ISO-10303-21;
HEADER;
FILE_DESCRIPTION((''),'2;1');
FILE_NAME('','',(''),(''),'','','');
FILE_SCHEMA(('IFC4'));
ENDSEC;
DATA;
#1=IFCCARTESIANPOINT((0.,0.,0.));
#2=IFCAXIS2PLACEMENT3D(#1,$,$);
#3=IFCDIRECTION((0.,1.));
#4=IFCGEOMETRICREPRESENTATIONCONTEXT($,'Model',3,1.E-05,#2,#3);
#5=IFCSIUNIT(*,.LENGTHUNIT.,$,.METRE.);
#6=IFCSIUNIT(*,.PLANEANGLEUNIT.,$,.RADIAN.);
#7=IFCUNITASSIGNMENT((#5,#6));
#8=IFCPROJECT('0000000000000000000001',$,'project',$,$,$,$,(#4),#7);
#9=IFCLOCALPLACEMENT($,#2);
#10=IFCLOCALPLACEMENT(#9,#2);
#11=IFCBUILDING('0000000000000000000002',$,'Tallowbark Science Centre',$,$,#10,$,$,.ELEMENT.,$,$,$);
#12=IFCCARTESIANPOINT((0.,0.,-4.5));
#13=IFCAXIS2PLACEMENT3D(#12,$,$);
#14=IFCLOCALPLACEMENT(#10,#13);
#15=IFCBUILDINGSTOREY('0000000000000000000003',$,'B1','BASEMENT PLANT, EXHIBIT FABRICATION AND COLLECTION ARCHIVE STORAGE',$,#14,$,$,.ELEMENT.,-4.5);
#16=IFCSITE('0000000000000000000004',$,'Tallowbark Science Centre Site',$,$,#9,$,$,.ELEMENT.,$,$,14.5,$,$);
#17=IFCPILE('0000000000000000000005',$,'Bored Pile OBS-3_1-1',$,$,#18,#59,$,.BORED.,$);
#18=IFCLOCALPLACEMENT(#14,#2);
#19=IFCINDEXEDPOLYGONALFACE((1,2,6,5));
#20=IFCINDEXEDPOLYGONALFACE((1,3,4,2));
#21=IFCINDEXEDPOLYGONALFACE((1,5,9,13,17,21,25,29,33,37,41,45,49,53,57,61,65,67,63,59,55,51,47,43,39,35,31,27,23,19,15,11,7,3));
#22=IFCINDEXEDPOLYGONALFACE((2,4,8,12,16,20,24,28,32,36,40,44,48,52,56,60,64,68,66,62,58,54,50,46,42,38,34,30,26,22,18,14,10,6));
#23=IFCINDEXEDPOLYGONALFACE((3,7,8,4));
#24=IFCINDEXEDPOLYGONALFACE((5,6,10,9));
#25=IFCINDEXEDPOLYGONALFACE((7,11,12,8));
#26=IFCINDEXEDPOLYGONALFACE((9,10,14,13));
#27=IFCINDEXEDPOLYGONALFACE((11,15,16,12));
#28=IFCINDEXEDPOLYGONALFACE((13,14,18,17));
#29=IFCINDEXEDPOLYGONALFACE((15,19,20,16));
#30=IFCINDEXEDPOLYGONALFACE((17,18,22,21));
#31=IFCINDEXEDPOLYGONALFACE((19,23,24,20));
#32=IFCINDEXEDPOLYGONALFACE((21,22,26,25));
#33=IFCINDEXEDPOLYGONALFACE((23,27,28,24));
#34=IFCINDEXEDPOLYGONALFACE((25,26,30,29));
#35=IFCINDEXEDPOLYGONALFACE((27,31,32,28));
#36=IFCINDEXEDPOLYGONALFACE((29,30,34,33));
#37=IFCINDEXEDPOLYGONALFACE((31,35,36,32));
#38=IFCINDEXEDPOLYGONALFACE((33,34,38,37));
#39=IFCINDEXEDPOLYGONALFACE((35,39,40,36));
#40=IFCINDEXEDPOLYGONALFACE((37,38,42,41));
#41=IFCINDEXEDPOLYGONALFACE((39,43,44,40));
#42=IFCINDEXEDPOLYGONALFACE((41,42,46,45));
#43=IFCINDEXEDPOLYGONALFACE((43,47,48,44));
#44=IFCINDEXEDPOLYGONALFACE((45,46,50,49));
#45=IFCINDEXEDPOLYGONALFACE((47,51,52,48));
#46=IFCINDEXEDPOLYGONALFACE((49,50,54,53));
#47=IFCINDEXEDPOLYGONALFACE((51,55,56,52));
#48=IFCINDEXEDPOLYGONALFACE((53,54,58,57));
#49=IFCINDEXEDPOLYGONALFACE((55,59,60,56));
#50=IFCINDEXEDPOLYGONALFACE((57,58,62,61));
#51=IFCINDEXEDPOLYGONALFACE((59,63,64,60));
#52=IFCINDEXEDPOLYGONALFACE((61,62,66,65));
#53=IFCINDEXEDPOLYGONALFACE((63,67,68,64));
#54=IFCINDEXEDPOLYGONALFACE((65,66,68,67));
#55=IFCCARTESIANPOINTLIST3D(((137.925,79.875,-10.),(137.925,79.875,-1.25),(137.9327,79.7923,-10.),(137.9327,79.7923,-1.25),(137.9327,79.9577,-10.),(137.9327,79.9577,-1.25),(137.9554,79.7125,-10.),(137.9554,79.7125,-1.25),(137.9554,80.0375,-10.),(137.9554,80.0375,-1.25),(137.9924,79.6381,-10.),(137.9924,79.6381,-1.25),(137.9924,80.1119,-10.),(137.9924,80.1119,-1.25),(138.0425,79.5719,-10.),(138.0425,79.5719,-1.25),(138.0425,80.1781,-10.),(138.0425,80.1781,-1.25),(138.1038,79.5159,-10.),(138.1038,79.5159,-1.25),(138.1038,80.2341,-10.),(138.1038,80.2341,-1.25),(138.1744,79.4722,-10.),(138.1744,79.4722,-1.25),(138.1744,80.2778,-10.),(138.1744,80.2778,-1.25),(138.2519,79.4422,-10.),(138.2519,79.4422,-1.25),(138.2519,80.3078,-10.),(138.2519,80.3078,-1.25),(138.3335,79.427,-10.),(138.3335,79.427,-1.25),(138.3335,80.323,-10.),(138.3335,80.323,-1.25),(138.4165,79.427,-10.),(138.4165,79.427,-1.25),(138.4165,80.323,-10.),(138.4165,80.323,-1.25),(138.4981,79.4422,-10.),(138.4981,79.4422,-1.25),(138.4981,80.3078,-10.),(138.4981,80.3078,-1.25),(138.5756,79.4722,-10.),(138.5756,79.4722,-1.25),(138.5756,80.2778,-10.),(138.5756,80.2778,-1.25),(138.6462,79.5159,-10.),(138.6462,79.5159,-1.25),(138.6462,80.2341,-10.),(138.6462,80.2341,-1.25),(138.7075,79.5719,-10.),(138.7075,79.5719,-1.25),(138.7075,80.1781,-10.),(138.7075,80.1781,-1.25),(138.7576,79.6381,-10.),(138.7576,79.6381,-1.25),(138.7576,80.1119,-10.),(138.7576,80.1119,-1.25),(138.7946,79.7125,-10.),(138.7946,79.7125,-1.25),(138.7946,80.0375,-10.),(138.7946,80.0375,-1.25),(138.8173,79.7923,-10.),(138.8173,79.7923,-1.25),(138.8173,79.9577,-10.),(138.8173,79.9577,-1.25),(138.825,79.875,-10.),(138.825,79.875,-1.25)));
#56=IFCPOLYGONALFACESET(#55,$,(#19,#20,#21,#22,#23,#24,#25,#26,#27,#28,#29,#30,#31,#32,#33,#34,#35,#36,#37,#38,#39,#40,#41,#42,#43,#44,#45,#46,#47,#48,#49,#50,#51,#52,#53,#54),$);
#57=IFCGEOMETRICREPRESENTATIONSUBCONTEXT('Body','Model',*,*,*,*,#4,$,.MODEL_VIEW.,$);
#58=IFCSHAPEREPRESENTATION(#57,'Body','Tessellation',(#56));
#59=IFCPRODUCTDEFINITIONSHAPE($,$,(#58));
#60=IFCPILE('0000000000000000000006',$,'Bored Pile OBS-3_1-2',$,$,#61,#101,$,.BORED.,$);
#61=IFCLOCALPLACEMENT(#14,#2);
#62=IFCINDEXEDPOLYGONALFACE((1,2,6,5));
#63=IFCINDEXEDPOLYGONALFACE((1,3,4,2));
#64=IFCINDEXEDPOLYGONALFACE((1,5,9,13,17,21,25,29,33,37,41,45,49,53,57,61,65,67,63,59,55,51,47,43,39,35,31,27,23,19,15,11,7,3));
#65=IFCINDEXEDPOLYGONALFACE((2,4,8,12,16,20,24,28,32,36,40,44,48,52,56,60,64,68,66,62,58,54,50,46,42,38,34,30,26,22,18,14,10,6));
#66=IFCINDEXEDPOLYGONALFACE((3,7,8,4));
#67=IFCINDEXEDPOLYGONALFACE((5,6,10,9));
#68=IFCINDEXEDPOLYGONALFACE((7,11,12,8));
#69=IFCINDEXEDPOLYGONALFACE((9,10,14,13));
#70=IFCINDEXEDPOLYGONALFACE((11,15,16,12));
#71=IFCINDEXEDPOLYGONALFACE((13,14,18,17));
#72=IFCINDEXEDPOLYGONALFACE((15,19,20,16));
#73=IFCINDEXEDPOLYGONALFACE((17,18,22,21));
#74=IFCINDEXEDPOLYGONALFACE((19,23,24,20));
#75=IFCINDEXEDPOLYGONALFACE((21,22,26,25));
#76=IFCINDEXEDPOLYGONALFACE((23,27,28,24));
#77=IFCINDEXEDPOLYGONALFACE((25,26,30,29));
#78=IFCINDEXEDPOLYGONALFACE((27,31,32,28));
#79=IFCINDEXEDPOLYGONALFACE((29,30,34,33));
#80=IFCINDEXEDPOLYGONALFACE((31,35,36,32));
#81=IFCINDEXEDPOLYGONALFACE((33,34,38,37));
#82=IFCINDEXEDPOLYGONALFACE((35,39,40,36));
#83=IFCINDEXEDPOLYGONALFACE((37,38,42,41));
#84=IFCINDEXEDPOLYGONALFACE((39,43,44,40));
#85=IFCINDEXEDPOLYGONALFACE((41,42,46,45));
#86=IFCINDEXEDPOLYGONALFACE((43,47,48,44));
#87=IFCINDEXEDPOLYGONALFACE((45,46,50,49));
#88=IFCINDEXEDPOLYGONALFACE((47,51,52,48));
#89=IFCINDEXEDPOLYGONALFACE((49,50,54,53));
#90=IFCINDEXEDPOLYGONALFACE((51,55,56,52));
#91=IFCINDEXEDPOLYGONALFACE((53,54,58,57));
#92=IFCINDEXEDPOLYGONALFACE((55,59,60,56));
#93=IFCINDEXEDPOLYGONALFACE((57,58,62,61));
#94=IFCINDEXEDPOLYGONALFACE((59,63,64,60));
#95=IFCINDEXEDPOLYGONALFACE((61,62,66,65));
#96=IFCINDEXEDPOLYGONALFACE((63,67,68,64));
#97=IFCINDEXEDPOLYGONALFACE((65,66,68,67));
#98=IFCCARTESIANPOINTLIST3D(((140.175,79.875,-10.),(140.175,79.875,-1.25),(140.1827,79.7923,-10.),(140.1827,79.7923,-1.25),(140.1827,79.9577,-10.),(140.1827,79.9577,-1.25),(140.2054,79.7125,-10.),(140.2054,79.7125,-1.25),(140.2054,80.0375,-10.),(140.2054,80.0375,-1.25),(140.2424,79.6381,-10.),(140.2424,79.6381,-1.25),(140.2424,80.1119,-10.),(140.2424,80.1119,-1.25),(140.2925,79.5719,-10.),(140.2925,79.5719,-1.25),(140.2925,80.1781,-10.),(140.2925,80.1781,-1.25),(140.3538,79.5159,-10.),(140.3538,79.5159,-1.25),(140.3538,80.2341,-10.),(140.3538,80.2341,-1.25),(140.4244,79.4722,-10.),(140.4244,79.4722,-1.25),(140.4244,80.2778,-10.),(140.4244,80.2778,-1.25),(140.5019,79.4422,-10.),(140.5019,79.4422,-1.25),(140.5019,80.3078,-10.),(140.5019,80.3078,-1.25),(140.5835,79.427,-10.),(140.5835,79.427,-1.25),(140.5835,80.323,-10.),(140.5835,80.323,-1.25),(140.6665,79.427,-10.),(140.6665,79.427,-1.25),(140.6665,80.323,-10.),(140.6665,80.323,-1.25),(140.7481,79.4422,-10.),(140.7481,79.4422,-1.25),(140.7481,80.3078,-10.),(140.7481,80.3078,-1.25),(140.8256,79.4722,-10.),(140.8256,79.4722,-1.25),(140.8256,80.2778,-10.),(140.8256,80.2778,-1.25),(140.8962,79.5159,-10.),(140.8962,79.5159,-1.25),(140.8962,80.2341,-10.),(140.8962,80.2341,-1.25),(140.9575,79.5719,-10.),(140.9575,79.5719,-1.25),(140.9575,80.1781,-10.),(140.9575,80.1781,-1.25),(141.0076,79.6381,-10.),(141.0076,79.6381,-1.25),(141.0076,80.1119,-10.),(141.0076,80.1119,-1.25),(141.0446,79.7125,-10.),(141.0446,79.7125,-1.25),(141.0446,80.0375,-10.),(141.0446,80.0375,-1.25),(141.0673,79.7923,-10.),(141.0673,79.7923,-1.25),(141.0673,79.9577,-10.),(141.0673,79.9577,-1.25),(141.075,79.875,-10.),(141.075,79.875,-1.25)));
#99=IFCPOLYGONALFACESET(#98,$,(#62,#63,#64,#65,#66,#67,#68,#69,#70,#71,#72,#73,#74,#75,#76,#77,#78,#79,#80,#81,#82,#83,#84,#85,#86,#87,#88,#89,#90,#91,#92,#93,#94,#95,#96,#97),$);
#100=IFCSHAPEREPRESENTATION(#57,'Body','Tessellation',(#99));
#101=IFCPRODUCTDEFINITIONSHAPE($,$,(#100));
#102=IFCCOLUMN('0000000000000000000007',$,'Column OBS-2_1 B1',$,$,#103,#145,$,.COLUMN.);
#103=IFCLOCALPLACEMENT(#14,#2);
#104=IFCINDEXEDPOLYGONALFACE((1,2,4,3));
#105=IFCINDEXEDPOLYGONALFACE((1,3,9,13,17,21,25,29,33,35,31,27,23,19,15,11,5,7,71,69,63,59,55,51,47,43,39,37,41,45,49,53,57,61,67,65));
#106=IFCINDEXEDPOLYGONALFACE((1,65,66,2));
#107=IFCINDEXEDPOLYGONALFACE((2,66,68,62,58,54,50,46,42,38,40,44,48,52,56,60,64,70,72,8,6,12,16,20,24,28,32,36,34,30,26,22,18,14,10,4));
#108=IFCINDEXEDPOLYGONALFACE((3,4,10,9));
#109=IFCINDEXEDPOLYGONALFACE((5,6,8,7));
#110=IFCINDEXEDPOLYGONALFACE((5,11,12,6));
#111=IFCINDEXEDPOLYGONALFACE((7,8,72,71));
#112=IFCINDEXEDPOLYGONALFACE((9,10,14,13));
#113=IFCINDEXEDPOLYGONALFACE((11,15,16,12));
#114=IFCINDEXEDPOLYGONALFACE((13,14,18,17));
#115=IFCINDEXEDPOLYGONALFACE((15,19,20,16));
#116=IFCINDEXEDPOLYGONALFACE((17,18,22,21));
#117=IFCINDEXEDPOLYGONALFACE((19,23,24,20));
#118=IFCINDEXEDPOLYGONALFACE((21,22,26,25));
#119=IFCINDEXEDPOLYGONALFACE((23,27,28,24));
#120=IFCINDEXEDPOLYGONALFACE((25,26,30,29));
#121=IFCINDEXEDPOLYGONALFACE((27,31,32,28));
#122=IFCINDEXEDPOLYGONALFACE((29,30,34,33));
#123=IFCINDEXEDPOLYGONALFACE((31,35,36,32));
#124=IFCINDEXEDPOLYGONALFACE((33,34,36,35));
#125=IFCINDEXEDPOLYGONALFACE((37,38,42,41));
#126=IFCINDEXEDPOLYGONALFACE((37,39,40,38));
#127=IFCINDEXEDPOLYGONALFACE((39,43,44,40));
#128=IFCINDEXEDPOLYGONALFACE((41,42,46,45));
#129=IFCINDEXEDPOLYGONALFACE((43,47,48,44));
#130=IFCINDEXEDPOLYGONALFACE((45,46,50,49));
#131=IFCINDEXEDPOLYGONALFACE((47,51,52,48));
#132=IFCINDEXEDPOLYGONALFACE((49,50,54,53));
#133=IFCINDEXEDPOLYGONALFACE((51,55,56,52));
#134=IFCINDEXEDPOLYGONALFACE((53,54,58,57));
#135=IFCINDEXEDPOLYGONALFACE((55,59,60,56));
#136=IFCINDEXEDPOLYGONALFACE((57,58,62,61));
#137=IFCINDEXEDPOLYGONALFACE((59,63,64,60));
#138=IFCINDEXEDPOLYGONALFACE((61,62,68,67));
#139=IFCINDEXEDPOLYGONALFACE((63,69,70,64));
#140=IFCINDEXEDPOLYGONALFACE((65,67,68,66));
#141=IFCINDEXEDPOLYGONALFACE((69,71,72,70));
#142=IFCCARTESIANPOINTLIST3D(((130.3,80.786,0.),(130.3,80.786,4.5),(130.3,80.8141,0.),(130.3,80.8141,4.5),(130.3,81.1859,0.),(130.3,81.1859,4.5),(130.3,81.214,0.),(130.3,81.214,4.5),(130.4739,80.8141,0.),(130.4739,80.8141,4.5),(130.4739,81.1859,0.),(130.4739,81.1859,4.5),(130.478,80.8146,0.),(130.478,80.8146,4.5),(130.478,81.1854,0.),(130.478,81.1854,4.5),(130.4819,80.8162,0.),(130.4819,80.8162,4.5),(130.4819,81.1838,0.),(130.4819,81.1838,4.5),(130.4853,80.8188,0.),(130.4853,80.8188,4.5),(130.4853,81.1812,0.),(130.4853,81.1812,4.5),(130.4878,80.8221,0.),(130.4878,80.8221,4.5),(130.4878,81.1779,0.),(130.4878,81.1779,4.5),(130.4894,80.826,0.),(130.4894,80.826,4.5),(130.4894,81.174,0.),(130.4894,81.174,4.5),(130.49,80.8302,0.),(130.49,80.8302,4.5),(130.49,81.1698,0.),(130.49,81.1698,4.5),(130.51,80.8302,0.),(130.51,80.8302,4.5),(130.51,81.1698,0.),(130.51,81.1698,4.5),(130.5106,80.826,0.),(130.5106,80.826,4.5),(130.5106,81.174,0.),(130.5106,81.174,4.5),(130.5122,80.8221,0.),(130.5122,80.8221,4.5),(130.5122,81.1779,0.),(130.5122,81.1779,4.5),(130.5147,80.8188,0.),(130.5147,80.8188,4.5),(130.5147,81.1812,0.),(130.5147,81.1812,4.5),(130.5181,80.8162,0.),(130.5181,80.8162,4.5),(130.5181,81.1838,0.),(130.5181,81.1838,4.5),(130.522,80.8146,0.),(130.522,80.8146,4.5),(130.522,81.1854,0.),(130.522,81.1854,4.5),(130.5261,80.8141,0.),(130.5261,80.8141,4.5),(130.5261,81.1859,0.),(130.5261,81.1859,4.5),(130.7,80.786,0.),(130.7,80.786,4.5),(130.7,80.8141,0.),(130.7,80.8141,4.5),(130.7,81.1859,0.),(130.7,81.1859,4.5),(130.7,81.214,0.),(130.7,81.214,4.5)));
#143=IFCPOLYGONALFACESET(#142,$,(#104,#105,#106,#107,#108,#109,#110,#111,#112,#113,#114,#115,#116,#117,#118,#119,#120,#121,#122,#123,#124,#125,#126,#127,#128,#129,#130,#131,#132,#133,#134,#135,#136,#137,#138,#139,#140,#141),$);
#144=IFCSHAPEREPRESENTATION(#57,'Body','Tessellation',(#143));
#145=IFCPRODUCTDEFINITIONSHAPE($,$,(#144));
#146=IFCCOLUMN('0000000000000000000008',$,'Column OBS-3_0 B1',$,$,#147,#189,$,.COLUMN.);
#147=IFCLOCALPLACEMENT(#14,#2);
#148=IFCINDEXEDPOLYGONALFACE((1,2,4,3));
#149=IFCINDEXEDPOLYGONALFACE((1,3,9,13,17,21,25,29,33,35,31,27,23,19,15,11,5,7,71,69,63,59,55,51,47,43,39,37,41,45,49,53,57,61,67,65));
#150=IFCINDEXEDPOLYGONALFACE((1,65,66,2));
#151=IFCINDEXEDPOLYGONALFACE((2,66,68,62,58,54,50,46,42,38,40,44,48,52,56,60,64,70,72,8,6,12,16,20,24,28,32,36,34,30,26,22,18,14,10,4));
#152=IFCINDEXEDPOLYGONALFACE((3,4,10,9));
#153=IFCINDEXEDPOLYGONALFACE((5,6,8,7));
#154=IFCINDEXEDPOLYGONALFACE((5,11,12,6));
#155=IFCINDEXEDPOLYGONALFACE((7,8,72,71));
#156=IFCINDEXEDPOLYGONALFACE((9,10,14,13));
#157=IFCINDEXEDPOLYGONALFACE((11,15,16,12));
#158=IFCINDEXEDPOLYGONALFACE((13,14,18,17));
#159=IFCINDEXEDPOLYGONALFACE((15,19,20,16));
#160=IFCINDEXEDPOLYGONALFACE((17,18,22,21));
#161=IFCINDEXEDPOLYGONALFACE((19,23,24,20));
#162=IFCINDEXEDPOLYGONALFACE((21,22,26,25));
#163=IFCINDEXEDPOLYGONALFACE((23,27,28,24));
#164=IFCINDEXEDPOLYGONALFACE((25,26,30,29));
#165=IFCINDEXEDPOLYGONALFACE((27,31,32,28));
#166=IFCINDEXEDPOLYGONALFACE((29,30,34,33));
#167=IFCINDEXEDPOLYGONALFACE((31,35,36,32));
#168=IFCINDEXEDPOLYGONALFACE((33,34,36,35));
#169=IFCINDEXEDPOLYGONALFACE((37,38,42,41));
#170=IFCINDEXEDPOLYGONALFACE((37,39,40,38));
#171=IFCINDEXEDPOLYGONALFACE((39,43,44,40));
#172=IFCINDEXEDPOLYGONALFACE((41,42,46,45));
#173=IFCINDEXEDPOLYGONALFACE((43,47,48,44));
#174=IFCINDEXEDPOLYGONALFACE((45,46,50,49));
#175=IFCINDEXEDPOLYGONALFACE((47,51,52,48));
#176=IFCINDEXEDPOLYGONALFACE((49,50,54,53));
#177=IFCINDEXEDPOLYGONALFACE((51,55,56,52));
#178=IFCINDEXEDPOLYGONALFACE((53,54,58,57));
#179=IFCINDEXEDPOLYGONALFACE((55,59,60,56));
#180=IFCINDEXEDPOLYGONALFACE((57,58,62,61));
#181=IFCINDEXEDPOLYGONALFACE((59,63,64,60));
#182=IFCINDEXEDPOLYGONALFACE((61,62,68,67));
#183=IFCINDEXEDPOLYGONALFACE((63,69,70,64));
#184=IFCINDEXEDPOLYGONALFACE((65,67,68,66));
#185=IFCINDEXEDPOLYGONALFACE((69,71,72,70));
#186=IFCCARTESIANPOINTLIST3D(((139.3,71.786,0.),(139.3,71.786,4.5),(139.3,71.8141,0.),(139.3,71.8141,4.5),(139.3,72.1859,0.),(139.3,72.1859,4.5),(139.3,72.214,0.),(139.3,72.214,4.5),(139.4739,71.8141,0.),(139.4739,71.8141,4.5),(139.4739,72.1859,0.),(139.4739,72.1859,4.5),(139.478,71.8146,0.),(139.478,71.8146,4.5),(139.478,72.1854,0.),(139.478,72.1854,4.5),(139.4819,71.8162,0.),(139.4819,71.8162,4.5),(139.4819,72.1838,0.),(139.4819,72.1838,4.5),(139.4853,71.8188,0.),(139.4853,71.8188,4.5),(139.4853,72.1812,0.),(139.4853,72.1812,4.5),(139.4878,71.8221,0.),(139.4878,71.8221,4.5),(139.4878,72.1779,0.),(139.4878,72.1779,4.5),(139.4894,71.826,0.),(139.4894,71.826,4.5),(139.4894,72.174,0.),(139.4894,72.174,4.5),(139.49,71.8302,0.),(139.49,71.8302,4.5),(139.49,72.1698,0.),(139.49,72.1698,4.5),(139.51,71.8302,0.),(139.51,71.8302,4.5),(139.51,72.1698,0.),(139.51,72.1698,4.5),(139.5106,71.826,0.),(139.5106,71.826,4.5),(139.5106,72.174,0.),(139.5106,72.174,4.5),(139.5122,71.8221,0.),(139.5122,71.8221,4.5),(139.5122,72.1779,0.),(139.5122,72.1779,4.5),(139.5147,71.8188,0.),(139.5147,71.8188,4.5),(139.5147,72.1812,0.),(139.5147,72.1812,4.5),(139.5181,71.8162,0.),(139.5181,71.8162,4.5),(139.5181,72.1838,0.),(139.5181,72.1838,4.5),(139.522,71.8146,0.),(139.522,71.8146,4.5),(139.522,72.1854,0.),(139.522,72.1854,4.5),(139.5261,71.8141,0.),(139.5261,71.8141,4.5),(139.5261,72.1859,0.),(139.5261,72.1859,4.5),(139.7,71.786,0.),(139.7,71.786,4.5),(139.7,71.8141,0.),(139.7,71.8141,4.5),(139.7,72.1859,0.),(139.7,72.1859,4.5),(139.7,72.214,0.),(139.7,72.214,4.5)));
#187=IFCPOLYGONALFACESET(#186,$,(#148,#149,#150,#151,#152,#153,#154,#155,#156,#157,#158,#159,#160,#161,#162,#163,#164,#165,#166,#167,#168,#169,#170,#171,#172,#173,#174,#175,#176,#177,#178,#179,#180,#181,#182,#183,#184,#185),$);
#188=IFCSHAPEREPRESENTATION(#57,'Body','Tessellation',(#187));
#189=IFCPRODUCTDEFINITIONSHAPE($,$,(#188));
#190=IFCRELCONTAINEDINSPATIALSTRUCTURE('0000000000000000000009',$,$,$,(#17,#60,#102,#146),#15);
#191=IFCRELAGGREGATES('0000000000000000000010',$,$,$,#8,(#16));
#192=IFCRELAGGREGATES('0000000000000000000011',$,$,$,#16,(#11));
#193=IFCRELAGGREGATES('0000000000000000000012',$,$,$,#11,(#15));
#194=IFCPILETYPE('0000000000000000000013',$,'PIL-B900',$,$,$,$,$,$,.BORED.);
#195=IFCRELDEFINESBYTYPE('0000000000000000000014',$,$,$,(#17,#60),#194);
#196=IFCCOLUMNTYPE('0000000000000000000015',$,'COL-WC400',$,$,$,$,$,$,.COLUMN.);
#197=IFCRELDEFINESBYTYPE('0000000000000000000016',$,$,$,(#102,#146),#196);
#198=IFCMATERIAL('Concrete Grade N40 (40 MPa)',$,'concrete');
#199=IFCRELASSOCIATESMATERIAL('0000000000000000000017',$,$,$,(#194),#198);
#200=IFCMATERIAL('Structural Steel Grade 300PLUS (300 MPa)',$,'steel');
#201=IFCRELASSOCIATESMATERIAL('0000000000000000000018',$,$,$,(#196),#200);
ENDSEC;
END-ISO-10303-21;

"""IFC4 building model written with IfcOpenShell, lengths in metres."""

from ifc_helpers import new_model, si_unit, direction, frame, origin, origin_2d, place, context, subcontext, project, spatial, circle, i_section, extrude, material, material_profile, profile_set, type_object, element, save


model = new_model("IFC4")

# Units and contexts
model_context = context("Model", 3, precision=1e-05, world=origin(), true_north=direction((0.0, 1.0)))
body_context = subcontext(model_context, "Body", "Model", "MODEL_VIEW")
ifc_project = project(units=[si_unit("LENGTHUNIT", "METRE"), si_unit("PLANEANGLEUNIT", "RADIAN")], contexts=[model_context])

# Site, building, storey
site_placement = place(None, origin())
site = spatial("IfcSite", under=ifc_project, at=site_placement, Name="Tallowbark Science Centre Site", CompositionType="ELEMENT", RefElevation=14.5)
building_placement = place(site_placement, origin())
building = spatial("IfcBuilding", under=site, at=building_placement, Name="Tallowbark Science Centre", CompositionType="ELEMENT")
storey_placement = place(building_placement, frame((0.0, 0.0, -4.5)))
storey = spatial("IfcBuildingStorey", under=building, at=storey_placement, Name="B1", Description="BASEMENT PLANT, EXHIBIT FABRICATION AND COLLECTION ARCHIVE STORAGE", CompositionType="ELEMENT", Elevation=-4.5)

# Shared definitions
ifc_material_1 = material(Name="Concrete Grade N40 (40 MPa)", Category="concrete")

# Piles
ifc_material_profile_1 = material_profile(ifc_material_1, circle(Radius=0.45, at=origin_2d()), Name="PILE900")
ifc_profile_set_1 = profile_set([ifc_material_profile_1], Name="Concrete Grade N40 (40 MPa)")
pile_type = type_object("IfcPileType", Name="PIL-B900", PredefinedType="BORED", material=ifc_profile_set_1)
for number, where, z_axis, x_axis, name in (
    (1, (138.375, 79.875, -1.25), (0.0, 0.0, -1.0), (1.0, 0.0, 0.0), "Bored Pile OBS-3_1-1"),
    (2, (140.625, 79.875, -1.25), (0.0, 0.0, -1.0), (1.0, 0.0, 0.0), "Bored Pile OBS-3_1-2"),
):
    element("IfcPile", number, at=place(storey_placement, frame(where, z_axis=z_axis, x_axis=x_axis)), inside=storey, type_object=pile_type, Name=name, PredefinedType="BORED", context=body_context, shape_type="SweptSolid", body=[
        extrude(circle(Radius=0.45, at=origin_2d()), origin(), (0.0, 0.0, 1.0), 8.75),
    ])

# Columns
ifc_material_2 = material(Name="Structural Steel Grade 300PLUS (300 MPa)", Category="steel")
ifc_material_profile_2 = material_profile(ifc_material_2, i_section(OverallWidth=0.3999, OverallDepth=0.428, WebThickness=0.02, FlangeThickness=0.0281, FilletRadius=0.0161, at=origin_2d()), Name="400WC270")
ifc_profile_set_2 = profile_set([ifc_material_profile_2], Name="Structural Steel Grade 300PLUS (300 MPa)")
column_type = type_object("IfcColumnType", Name="COL-WC400", PredefinedType="COLUMN", material=ifc_profile_set_2)
for number, where, z_axis, x_axis, name in (
    (3, (130.5, 81.0, 0.0), (0.0, 0.0, 1.0), (1.0, 0.0, 0.0), "Column OBS-2_1 B1"),
    (4, (139.5, 72.0, 0.0), (0.0, 0.0, 1.0), (1.0, 0.0, 0.0), "Column OBS-3_0 B1"),
):
    element("IfcColumn", number, at=place(storey_placement, frame(where, z_axis=z_axis, x_axis=x_axis)), inside=storey, type_object=column_type, Name=name, PredefinedType="COLUMN", context=body_context, shape_type="SweptSolid", body=[
        extrude(i_section(OverallWidth=0.3999, OverallDepth=0.428, WebThickness=0.02, FlangeThickness=0.0281, FilletRadius=0.0161, at=origin_2d()), origin(), (0.0, 0.0, 1.0), 4.5),
    ])

save(model, "model.ifc")
